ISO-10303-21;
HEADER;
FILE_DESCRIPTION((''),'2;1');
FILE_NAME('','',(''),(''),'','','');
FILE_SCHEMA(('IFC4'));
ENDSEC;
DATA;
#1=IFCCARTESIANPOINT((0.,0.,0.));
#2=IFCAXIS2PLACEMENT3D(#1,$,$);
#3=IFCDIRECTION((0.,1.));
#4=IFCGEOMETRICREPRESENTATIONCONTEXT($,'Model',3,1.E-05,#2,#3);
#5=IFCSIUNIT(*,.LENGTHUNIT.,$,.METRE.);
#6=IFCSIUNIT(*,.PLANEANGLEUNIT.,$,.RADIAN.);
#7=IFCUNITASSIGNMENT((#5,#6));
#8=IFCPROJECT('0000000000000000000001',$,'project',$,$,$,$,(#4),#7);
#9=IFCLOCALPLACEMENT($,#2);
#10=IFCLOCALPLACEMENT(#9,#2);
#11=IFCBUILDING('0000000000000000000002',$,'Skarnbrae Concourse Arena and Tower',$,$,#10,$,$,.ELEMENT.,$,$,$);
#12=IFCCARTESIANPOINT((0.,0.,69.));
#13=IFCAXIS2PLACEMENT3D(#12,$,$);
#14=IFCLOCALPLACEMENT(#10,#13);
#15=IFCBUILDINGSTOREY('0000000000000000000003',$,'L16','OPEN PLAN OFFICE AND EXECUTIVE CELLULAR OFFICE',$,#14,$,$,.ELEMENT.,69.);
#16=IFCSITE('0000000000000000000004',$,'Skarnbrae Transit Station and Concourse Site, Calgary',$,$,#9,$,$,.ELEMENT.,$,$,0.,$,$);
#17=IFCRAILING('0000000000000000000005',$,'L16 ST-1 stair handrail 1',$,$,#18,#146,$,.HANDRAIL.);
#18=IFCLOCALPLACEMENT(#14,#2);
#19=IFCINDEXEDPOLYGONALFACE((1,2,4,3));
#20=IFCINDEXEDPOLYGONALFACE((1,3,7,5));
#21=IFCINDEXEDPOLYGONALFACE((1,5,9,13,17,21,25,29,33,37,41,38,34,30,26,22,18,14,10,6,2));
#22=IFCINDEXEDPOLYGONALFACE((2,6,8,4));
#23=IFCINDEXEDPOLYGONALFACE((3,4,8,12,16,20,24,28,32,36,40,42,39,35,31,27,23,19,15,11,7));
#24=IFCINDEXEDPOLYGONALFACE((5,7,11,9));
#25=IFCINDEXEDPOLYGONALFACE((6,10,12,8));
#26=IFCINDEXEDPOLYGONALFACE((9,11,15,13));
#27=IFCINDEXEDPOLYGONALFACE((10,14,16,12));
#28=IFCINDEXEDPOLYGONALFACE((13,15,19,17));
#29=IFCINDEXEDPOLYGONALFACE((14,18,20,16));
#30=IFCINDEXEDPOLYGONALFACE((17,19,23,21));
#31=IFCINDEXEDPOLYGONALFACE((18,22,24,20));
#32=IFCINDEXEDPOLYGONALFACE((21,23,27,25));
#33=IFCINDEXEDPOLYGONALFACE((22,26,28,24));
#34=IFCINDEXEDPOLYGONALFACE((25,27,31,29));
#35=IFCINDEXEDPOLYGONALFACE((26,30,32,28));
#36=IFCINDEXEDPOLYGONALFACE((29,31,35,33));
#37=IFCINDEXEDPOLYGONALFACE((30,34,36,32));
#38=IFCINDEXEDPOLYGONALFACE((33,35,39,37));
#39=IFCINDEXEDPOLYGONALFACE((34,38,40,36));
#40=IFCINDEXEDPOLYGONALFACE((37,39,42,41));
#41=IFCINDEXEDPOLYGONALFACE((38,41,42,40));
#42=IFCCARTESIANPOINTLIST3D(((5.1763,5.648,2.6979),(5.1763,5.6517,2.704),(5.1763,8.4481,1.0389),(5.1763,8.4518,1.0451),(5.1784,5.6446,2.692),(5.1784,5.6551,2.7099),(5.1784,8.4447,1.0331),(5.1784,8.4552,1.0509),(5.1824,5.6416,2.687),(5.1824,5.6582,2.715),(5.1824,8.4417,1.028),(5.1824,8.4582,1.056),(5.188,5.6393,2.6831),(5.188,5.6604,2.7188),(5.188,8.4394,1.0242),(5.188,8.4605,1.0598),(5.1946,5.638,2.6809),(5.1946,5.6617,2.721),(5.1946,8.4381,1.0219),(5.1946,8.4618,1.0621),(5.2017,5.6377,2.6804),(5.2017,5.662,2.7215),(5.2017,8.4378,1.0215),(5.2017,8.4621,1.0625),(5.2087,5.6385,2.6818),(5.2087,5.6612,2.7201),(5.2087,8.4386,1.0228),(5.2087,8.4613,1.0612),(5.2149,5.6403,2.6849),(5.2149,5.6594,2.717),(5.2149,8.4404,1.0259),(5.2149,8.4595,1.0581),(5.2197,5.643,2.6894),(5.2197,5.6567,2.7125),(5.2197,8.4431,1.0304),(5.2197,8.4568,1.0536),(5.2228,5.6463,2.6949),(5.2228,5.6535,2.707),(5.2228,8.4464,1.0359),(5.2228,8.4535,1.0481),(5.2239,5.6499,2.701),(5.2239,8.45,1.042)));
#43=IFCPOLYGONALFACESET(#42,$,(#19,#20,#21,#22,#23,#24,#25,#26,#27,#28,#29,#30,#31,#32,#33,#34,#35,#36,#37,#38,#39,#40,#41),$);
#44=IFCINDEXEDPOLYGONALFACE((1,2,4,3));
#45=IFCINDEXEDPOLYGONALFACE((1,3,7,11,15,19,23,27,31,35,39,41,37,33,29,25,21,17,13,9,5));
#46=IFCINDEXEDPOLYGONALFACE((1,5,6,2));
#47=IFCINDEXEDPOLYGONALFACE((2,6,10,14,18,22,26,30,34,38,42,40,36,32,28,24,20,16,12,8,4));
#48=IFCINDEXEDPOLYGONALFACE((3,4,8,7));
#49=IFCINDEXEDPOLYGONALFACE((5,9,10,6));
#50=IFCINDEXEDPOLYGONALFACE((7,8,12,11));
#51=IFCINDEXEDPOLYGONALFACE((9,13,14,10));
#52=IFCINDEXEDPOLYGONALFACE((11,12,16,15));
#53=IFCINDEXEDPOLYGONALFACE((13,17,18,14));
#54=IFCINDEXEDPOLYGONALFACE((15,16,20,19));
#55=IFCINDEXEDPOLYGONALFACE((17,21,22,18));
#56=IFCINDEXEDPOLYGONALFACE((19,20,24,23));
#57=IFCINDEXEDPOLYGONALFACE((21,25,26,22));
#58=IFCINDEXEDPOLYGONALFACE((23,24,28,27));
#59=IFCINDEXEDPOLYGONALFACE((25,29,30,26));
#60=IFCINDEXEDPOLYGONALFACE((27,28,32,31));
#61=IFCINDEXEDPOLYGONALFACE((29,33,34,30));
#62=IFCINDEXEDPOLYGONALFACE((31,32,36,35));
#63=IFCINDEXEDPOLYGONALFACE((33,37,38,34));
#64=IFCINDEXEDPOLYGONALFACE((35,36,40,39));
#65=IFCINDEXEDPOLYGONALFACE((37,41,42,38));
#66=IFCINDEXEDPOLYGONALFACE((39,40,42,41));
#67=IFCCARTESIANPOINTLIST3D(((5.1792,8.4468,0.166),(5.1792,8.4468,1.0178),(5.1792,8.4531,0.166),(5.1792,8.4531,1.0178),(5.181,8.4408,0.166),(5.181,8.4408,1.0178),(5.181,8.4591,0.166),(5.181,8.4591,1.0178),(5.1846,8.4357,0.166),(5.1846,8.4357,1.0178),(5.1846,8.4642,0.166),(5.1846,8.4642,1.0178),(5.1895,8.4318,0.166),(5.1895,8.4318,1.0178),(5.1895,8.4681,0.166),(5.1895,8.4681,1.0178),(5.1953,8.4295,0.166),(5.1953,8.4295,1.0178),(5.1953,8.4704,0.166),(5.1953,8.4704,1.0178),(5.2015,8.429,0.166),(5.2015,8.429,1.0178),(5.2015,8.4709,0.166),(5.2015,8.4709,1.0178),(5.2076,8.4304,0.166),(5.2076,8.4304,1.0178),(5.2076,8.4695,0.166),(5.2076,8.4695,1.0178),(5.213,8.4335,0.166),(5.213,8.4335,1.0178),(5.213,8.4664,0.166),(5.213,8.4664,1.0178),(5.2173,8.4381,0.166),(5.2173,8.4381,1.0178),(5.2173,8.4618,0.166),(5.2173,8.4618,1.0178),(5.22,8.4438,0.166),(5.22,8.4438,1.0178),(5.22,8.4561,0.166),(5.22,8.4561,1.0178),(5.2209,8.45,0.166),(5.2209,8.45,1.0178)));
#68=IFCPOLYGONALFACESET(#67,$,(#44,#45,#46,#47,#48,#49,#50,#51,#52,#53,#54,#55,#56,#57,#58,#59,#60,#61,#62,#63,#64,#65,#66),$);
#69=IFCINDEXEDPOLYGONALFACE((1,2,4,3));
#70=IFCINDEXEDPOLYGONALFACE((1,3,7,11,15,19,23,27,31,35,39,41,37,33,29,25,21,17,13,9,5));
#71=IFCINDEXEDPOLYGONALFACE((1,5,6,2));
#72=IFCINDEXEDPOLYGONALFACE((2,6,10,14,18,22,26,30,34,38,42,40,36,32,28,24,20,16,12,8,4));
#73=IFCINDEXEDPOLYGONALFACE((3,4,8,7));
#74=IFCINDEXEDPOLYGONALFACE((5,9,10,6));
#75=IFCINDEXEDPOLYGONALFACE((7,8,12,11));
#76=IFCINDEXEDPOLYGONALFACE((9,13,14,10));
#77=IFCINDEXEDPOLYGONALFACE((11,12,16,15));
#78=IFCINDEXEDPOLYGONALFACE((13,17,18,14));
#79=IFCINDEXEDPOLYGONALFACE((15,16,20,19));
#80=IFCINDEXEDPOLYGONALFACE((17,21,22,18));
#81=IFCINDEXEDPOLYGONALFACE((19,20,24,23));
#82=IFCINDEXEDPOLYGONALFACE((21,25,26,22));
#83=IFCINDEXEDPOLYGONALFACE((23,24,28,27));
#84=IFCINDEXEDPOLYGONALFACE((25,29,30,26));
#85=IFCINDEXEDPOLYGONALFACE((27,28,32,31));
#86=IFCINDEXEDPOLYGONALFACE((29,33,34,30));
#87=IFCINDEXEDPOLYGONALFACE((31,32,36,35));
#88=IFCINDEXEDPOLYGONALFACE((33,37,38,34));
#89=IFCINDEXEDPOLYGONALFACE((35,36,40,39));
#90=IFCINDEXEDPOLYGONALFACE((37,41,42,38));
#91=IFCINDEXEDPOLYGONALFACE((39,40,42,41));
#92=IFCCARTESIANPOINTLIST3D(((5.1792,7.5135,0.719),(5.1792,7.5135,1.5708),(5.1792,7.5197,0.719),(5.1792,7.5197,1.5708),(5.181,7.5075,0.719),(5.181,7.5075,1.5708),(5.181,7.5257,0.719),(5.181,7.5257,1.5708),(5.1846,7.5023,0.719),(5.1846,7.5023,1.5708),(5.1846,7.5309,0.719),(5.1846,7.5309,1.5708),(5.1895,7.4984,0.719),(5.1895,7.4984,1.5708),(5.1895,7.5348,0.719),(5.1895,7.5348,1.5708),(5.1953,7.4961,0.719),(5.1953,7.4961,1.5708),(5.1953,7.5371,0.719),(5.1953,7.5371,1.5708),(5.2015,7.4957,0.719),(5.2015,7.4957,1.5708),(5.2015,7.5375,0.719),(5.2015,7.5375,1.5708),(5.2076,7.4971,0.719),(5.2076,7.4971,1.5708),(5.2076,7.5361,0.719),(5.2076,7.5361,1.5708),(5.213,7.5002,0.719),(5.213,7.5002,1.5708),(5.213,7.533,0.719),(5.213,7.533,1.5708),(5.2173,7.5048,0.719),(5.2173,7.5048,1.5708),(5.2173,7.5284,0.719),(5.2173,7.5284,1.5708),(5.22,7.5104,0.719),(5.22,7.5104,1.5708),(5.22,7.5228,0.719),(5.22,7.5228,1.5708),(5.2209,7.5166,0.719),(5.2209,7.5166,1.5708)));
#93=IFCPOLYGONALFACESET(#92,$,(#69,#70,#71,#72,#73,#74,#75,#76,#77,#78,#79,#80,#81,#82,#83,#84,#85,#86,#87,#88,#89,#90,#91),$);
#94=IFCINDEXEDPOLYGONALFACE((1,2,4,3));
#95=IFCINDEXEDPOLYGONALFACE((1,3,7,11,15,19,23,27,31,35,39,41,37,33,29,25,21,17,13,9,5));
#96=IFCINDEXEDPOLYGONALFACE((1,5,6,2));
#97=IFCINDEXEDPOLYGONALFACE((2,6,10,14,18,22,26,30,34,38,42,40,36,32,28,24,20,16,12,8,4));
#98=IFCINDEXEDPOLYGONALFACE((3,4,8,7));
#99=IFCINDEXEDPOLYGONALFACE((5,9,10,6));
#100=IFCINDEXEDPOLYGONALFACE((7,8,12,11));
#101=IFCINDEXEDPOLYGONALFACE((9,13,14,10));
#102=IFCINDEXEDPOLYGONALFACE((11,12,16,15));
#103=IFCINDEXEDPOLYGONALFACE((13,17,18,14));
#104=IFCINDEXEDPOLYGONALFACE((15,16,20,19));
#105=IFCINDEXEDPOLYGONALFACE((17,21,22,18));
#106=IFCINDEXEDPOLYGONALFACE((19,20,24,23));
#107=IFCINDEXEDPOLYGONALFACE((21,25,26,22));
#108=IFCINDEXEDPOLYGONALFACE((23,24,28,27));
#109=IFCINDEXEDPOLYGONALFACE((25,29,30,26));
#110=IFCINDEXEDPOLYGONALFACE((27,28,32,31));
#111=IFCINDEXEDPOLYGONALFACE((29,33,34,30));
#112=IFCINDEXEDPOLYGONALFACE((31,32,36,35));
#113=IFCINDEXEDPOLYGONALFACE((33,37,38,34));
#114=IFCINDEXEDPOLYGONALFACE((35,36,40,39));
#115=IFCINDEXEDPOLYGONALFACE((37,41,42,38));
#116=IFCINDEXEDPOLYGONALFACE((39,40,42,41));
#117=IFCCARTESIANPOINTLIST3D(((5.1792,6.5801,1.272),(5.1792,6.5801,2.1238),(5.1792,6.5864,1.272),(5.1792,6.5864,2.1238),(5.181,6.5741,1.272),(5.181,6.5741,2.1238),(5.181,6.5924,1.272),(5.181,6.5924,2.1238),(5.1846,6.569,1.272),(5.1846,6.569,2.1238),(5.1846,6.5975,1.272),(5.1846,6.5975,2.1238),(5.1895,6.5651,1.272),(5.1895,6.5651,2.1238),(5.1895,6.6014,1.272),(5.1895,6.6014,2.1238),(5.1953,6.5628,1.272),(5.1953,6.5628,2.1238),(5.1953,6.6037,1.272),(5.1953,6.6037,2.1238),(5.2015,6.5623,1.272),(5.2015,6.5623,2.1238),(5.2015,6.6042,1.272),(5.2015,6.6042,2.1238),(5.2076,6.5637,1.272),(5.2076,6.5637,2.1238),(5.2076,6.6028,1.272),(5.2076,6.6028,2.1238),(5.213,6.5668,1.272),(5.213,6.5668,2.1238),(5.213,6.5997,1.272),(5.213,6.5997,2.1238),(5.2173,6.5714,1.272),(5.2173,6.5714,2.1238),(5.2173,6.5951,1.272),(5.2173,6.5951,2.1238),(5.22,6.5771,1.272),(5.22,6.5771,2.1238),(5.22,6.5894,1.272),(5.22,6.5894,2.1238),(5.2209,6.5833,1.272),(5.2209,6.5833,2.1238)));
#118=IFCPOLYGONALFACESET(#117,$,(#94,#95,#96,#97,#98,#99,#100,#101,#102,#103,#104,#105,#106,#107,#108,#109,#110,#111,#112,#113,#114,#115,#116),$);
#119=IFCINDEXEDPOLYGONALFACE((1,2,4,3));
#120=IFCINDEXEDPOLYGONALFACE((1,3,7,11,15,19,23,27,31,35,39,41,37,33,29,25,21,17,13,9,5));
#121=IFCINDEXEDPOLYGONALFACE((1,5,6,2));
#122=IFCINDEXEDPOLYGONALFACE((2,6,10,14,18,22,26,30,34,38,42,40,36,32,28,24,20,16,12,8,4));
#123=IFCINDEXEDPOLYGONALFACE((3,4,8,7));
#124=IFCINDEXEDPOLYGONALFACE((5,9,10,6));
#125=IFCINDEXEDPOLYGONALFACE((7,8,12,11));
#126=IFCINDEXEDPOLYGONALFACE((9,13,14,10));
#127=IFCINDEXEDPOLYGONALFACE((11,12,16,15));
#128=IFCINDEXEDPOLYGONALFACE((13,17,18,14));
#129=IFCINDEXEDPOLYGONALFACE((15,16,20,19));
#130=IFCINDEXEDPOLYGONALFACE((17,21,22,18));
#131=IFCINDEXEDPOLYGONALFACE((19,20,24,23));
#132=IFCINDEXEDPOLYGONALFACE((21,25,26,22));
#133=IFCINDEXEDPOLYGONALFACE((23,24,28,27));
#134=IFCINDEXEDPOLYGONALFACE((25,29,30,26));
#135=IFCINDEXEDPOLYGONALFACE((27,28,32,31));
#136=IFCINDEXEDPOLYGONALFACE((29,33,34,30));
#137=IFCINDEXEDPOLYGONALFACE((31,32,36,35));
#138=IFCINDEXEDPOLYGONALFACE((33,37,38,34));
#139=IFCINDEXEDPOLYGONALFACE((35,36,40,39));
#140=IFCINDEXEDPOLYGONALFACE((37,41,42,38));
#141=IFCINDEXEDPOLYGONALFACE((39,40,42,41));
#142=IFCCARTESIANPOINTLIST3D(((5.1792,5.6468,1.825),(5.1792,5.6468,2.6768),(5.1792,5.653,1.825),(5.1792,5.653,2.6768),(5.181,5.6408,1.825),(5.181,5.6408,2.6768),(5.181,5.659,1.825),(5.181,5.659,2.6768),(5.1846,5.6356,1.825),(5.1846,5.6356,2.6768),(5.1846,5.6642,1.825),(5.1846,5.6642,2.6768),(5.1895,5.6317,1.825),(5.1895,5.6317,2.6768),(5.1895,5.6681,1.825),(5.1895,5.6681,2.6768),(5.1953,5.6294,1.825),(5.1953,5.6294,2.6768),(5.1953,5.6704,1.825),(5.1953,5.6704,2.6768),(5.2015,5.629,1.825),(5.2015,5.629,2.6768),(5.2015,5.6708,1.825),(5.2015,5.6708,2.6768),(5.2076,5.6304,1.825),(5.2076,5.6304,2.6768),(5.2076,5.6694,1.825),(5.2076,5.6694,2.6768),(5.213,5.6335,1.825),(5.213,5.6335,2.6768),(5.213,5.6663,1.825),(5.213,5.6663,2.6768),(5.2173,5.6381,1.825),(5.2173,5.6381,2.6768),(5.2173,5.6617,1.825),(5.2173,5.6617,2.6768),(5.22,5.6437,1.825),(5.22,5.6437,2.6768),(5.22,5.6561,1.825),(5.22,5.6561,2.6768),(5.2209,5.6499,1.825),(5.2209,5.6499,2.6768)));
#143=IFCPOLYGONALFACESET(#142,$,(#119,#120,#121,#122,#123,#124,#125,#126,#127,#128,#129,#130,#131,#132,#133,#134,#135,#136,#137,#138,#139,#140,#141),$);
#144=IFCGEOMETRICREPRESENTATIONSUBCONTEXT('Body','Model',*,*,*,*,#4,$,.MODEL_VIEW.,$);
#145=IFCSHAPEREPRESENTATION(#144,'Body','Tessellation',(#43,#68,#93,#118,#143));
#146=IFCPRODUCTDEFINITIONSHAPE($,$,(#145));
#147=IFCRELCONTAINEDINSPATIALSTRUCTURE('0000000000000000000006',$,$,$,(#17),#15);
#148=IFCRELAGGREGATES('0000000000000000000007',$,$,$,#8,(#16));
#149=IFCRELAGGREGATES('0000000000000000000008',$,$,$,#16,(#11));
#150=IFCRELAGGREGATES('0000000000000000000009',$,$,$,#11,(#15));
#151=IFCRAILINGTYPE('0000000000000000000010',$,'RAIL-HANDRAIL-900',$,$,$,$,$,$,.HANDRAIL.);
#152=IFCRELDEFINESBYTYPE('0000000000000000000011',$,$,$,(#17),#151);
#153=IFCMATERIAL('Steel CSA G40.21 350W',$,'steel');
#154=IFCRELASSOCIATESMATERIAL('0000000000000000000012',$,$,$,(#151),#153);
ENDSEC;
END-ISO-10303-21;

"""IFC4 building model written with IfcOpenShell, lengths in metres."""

from ifc_helpers import new_model, si_unit, direction, frame, origin, origin_2d, place, context, subcontext, project, spatial, circle, extrude, material, type_object, element, save


model = new_model("IFC4")

# Units and contexts
model_context = context("Model", 3, precision=1e-05, world=origin(), true_north=direction((0.0, 1.0)))
body_context = subcontext(model_context, "Body", "Model", "MODEL_VIEW")
ifc_project = project(units=[si_unit("LENGTHUNIT", "METRE"), si_unit("PLANEANGLEUNIT", "RADIAN")], contexts=[model_context])

# Site, building, storey
site_placement = place(None, origin())
site = spatial("IfcSite", under=ifc_project, at=site_placement, Name="Skarnbrae Transit Station and Concourse Site, Calgary", CompositionType="ELEMENT", RefElevation=0.0)
building_placement = place(site_placement, origin())
building = spatial("IfcBuilding", under=site, at=building_placement, Name="Skarnbrae Concourse Arena and Tower", CompositionType="ELEMENT")
storey_placement = place(building_placement, frame((0.0, 0.0, 69.0)))
storey = spatial("IfcBuildingStorey", under=building, at=storey_placement, Name="L16", Description="OPEN PLAN OFFICE AND EXECUTIVE CELLULAR OFFICE", CompositionType="ELEMENT", Elevation=69.0)

# Shared definitions
ifc_material_1 = material(Name="Steel CSA G40.21 350W", Category="steel")

# Railing
railing_type_1 = type_object("IfcRailingType", Name="RAIL-HANDRAIL-900", PredefinedType="HANDRAIL", material=ifc_material_1)
railing_1_placement = place(storey_placement, frame((5.2, 8.45, 0.166)))
element("IfcRailing", 1, at=railing_1_placement, inside=storey, type_object=railing_type_1, Name="L16 ST-1 stair handrail 1", PredefinedType="HANDRAIL", context=body_context, shape_type="SweptSolid", body=[
    extrude(circle(Radius=0.0239, at=origin_2d()), frame((0.0, 0.0, 0.876), z_axis=(0.0, -0.860339, 0.509722), x_axis=(1.0, 0.0, 0.0)), (0.0, 0.0, 1.0), 3.2546),
    extrude(circle(Radius=0.021, at=origin_2d()), origin(), (0.0, 0.0, 1.0), 0.8518),
    extrude(circle(Radius=0.021, at=origin_2d()), frame((0.0, -0.9333, 0.553)), (0.0, 0.0, 1.0), 0.8518),
    extrude(circle(Radius=0.021, at=origin_2d()), frame((0.0, -1.8667, 1.106)), (0.0, 0.0, 1.0), 0.8518),
    extrude(circle(Radius=0.021, at=origin_2d()), frame((0.0, -2.8, 1.6589)), (0.0, 0.0, 1.0), 0.8518),
])

save(model, "model.ifc")
